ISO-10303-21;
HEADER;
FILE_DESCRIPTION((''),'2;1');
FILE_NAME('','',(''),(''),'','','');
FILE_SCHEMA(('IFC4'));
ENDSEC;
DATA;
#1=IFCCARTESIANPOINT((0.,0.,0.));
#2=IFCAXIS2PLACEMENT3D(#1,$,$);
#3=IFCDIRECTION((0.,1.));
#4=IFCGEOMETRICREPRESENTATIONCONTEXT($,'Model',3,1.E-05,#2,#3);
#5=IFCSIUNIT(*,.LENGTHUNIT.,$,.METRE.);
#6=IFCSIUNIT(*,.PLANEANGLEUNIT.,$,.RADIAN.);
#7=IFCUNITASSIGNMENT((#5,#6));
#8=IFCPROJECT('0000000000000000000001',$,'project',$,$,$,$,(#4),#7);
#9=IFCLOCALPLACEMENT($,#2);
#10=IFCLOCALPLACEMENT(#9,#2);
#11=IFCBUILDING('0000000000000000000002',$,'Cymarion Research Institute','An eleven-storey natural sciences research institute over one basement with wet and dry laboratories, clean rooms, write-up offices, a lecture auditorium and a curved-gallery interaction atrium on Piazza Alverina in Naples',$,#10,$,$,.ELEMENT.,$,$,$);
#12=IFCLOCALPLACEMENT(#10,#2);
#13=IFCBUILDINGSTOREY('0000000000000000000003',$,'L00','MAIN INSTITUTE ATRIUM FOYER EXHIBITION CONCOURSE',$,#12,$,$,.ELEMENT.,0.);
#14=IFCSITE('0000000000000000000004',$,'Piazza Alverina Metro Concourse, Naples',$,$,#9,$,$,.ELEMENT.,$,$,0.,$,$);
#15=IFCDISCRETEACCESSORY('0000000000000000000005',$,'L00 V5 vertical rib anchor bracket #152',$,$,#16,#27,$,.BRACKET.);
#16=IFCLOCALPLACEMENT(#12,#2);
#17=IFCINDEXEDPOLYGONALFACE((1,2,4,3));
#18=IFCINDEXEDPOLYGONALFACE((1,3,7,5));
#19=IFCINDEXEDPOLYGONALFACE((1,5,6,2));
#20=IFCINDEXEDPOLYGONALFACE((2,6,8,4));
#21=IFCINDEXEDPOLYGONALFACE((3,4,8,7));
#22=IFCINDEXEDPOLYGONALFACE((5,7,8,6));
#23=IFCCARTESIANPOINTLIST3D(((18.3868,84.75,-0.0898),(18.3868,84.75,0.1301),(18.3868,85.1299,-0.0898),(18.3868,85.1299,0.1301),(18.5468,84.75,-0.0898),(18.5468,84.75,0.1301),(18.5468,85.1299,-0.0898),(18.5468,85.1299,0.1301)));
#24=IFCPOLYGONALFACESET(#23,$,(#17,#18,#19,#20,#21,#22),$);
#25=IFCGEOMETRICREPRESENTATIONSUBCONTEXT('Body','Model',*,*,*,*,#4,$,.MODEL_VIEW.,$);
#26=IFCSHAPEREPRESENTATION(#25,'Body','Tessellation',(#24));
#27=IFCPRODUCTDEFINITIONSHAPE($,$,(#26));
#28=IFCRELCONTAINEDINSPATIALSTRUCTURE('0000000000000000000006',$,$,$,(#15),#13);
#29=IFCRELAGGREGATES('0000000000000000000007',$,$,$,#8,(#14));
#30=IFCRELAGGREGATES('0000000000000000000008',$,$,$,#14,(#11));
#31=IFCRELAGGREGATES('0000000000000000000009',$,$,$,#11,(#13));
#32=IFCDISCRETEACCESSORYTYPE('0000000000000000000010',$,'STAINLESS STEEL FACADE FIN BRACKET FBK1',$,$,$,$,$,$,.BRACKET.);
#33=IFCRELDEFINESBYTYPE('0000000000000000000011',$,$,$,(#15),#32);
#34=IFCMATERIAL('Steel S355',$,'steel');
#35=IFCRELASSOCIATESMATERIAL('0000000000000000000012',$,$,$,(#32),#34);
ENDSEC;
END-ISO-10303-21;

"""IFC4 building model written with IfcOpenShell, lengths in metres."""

from ifc_helpers import new_model, si_unit, direction, frame, origin, origin_2d, place, context, subcontext, project, spatial, rectangle, extrude, material, type_object, element, save


model = new_model("IFC4")

# Units and contexts
model_context = context("Model", 3, precision=1e-05, world=origin(), true_north=direction((0.0, 1.0)))
body_context = subcontext(model_context, "Body", "Model", "MODEL_VIEW")
ifc_project = project(units=[si_unit("LENGTHUNIT", "METRE"), si_unit("PLANEANGLEUNIT", "RADIAN")], contexts=[model_context])

# Site, building, storey
site_placement = place(None, origin())
site = spatial("IfcSite", under=ifc_project, at=site_placement, Name="Piazza Alverina Metro Concourse, Naples", CompositionType="ELEMENT", RefElevation=0.0)
building_placement = place(site_placement, origin())
building = spatial("IfcBuilding", under=site, at=building_placement, Name="Cymarion Research Institute", Description="An eleven-storey natural sciences research institute over one basement with wet and dry laboratories, clean rooms, write-up offices, a lecture auditorium and a curved-gallery interaction atrium on Piazza Alverina in Naples", CompositionType="ELEMENT")
storey_placement = place(building_placement, origin())
storey = spatial("IfcBuildingStorey", under=building, at=storey_placement, Name="L00", Description="MAIN INSTITUTE ATRIUM FOYER EXHIBITION CONCOURSE", CompositionType="ELEMENT", Elevation=0.0)

# Shared definitions
ifc_material_1 = material(Name="Steel S355", Category="steel")

# Discrete accessory
discrete_accessory_type = type_object("IfcDiscreteAccessoryType", Name="STAINLESS STEEL FACADE FIN BRACKET FBK1", PredefinedType="BRACKET", material=ifc_material_1)
for number, where, z_axis, x_axis, name in (
    (1, (18.4668, 84.9399, -0.0898), (0.0, 0.0, 1.0), (0.0, -1.0, 0.0), "L00 V5 vertical rib anchor bracket #152"),
):
    element("IfcDiscreteAccessory", number, at=place(storey_placement, frame(where, z_axis=z_axis, x_axis=x_axis)), inside=storey, type_object=discrete_accessory_type, Name=name, PredefinedType="BRACKET", context=body_context, shape_type="SweptSolid", body=[
        extrude(rectangle(XDim=0.3799, YDim=0.1599, at=origin_2d()), origin(), (0.0, 0.0, 1.0), 0.22),
    ])

save(model, "model.ifc")
